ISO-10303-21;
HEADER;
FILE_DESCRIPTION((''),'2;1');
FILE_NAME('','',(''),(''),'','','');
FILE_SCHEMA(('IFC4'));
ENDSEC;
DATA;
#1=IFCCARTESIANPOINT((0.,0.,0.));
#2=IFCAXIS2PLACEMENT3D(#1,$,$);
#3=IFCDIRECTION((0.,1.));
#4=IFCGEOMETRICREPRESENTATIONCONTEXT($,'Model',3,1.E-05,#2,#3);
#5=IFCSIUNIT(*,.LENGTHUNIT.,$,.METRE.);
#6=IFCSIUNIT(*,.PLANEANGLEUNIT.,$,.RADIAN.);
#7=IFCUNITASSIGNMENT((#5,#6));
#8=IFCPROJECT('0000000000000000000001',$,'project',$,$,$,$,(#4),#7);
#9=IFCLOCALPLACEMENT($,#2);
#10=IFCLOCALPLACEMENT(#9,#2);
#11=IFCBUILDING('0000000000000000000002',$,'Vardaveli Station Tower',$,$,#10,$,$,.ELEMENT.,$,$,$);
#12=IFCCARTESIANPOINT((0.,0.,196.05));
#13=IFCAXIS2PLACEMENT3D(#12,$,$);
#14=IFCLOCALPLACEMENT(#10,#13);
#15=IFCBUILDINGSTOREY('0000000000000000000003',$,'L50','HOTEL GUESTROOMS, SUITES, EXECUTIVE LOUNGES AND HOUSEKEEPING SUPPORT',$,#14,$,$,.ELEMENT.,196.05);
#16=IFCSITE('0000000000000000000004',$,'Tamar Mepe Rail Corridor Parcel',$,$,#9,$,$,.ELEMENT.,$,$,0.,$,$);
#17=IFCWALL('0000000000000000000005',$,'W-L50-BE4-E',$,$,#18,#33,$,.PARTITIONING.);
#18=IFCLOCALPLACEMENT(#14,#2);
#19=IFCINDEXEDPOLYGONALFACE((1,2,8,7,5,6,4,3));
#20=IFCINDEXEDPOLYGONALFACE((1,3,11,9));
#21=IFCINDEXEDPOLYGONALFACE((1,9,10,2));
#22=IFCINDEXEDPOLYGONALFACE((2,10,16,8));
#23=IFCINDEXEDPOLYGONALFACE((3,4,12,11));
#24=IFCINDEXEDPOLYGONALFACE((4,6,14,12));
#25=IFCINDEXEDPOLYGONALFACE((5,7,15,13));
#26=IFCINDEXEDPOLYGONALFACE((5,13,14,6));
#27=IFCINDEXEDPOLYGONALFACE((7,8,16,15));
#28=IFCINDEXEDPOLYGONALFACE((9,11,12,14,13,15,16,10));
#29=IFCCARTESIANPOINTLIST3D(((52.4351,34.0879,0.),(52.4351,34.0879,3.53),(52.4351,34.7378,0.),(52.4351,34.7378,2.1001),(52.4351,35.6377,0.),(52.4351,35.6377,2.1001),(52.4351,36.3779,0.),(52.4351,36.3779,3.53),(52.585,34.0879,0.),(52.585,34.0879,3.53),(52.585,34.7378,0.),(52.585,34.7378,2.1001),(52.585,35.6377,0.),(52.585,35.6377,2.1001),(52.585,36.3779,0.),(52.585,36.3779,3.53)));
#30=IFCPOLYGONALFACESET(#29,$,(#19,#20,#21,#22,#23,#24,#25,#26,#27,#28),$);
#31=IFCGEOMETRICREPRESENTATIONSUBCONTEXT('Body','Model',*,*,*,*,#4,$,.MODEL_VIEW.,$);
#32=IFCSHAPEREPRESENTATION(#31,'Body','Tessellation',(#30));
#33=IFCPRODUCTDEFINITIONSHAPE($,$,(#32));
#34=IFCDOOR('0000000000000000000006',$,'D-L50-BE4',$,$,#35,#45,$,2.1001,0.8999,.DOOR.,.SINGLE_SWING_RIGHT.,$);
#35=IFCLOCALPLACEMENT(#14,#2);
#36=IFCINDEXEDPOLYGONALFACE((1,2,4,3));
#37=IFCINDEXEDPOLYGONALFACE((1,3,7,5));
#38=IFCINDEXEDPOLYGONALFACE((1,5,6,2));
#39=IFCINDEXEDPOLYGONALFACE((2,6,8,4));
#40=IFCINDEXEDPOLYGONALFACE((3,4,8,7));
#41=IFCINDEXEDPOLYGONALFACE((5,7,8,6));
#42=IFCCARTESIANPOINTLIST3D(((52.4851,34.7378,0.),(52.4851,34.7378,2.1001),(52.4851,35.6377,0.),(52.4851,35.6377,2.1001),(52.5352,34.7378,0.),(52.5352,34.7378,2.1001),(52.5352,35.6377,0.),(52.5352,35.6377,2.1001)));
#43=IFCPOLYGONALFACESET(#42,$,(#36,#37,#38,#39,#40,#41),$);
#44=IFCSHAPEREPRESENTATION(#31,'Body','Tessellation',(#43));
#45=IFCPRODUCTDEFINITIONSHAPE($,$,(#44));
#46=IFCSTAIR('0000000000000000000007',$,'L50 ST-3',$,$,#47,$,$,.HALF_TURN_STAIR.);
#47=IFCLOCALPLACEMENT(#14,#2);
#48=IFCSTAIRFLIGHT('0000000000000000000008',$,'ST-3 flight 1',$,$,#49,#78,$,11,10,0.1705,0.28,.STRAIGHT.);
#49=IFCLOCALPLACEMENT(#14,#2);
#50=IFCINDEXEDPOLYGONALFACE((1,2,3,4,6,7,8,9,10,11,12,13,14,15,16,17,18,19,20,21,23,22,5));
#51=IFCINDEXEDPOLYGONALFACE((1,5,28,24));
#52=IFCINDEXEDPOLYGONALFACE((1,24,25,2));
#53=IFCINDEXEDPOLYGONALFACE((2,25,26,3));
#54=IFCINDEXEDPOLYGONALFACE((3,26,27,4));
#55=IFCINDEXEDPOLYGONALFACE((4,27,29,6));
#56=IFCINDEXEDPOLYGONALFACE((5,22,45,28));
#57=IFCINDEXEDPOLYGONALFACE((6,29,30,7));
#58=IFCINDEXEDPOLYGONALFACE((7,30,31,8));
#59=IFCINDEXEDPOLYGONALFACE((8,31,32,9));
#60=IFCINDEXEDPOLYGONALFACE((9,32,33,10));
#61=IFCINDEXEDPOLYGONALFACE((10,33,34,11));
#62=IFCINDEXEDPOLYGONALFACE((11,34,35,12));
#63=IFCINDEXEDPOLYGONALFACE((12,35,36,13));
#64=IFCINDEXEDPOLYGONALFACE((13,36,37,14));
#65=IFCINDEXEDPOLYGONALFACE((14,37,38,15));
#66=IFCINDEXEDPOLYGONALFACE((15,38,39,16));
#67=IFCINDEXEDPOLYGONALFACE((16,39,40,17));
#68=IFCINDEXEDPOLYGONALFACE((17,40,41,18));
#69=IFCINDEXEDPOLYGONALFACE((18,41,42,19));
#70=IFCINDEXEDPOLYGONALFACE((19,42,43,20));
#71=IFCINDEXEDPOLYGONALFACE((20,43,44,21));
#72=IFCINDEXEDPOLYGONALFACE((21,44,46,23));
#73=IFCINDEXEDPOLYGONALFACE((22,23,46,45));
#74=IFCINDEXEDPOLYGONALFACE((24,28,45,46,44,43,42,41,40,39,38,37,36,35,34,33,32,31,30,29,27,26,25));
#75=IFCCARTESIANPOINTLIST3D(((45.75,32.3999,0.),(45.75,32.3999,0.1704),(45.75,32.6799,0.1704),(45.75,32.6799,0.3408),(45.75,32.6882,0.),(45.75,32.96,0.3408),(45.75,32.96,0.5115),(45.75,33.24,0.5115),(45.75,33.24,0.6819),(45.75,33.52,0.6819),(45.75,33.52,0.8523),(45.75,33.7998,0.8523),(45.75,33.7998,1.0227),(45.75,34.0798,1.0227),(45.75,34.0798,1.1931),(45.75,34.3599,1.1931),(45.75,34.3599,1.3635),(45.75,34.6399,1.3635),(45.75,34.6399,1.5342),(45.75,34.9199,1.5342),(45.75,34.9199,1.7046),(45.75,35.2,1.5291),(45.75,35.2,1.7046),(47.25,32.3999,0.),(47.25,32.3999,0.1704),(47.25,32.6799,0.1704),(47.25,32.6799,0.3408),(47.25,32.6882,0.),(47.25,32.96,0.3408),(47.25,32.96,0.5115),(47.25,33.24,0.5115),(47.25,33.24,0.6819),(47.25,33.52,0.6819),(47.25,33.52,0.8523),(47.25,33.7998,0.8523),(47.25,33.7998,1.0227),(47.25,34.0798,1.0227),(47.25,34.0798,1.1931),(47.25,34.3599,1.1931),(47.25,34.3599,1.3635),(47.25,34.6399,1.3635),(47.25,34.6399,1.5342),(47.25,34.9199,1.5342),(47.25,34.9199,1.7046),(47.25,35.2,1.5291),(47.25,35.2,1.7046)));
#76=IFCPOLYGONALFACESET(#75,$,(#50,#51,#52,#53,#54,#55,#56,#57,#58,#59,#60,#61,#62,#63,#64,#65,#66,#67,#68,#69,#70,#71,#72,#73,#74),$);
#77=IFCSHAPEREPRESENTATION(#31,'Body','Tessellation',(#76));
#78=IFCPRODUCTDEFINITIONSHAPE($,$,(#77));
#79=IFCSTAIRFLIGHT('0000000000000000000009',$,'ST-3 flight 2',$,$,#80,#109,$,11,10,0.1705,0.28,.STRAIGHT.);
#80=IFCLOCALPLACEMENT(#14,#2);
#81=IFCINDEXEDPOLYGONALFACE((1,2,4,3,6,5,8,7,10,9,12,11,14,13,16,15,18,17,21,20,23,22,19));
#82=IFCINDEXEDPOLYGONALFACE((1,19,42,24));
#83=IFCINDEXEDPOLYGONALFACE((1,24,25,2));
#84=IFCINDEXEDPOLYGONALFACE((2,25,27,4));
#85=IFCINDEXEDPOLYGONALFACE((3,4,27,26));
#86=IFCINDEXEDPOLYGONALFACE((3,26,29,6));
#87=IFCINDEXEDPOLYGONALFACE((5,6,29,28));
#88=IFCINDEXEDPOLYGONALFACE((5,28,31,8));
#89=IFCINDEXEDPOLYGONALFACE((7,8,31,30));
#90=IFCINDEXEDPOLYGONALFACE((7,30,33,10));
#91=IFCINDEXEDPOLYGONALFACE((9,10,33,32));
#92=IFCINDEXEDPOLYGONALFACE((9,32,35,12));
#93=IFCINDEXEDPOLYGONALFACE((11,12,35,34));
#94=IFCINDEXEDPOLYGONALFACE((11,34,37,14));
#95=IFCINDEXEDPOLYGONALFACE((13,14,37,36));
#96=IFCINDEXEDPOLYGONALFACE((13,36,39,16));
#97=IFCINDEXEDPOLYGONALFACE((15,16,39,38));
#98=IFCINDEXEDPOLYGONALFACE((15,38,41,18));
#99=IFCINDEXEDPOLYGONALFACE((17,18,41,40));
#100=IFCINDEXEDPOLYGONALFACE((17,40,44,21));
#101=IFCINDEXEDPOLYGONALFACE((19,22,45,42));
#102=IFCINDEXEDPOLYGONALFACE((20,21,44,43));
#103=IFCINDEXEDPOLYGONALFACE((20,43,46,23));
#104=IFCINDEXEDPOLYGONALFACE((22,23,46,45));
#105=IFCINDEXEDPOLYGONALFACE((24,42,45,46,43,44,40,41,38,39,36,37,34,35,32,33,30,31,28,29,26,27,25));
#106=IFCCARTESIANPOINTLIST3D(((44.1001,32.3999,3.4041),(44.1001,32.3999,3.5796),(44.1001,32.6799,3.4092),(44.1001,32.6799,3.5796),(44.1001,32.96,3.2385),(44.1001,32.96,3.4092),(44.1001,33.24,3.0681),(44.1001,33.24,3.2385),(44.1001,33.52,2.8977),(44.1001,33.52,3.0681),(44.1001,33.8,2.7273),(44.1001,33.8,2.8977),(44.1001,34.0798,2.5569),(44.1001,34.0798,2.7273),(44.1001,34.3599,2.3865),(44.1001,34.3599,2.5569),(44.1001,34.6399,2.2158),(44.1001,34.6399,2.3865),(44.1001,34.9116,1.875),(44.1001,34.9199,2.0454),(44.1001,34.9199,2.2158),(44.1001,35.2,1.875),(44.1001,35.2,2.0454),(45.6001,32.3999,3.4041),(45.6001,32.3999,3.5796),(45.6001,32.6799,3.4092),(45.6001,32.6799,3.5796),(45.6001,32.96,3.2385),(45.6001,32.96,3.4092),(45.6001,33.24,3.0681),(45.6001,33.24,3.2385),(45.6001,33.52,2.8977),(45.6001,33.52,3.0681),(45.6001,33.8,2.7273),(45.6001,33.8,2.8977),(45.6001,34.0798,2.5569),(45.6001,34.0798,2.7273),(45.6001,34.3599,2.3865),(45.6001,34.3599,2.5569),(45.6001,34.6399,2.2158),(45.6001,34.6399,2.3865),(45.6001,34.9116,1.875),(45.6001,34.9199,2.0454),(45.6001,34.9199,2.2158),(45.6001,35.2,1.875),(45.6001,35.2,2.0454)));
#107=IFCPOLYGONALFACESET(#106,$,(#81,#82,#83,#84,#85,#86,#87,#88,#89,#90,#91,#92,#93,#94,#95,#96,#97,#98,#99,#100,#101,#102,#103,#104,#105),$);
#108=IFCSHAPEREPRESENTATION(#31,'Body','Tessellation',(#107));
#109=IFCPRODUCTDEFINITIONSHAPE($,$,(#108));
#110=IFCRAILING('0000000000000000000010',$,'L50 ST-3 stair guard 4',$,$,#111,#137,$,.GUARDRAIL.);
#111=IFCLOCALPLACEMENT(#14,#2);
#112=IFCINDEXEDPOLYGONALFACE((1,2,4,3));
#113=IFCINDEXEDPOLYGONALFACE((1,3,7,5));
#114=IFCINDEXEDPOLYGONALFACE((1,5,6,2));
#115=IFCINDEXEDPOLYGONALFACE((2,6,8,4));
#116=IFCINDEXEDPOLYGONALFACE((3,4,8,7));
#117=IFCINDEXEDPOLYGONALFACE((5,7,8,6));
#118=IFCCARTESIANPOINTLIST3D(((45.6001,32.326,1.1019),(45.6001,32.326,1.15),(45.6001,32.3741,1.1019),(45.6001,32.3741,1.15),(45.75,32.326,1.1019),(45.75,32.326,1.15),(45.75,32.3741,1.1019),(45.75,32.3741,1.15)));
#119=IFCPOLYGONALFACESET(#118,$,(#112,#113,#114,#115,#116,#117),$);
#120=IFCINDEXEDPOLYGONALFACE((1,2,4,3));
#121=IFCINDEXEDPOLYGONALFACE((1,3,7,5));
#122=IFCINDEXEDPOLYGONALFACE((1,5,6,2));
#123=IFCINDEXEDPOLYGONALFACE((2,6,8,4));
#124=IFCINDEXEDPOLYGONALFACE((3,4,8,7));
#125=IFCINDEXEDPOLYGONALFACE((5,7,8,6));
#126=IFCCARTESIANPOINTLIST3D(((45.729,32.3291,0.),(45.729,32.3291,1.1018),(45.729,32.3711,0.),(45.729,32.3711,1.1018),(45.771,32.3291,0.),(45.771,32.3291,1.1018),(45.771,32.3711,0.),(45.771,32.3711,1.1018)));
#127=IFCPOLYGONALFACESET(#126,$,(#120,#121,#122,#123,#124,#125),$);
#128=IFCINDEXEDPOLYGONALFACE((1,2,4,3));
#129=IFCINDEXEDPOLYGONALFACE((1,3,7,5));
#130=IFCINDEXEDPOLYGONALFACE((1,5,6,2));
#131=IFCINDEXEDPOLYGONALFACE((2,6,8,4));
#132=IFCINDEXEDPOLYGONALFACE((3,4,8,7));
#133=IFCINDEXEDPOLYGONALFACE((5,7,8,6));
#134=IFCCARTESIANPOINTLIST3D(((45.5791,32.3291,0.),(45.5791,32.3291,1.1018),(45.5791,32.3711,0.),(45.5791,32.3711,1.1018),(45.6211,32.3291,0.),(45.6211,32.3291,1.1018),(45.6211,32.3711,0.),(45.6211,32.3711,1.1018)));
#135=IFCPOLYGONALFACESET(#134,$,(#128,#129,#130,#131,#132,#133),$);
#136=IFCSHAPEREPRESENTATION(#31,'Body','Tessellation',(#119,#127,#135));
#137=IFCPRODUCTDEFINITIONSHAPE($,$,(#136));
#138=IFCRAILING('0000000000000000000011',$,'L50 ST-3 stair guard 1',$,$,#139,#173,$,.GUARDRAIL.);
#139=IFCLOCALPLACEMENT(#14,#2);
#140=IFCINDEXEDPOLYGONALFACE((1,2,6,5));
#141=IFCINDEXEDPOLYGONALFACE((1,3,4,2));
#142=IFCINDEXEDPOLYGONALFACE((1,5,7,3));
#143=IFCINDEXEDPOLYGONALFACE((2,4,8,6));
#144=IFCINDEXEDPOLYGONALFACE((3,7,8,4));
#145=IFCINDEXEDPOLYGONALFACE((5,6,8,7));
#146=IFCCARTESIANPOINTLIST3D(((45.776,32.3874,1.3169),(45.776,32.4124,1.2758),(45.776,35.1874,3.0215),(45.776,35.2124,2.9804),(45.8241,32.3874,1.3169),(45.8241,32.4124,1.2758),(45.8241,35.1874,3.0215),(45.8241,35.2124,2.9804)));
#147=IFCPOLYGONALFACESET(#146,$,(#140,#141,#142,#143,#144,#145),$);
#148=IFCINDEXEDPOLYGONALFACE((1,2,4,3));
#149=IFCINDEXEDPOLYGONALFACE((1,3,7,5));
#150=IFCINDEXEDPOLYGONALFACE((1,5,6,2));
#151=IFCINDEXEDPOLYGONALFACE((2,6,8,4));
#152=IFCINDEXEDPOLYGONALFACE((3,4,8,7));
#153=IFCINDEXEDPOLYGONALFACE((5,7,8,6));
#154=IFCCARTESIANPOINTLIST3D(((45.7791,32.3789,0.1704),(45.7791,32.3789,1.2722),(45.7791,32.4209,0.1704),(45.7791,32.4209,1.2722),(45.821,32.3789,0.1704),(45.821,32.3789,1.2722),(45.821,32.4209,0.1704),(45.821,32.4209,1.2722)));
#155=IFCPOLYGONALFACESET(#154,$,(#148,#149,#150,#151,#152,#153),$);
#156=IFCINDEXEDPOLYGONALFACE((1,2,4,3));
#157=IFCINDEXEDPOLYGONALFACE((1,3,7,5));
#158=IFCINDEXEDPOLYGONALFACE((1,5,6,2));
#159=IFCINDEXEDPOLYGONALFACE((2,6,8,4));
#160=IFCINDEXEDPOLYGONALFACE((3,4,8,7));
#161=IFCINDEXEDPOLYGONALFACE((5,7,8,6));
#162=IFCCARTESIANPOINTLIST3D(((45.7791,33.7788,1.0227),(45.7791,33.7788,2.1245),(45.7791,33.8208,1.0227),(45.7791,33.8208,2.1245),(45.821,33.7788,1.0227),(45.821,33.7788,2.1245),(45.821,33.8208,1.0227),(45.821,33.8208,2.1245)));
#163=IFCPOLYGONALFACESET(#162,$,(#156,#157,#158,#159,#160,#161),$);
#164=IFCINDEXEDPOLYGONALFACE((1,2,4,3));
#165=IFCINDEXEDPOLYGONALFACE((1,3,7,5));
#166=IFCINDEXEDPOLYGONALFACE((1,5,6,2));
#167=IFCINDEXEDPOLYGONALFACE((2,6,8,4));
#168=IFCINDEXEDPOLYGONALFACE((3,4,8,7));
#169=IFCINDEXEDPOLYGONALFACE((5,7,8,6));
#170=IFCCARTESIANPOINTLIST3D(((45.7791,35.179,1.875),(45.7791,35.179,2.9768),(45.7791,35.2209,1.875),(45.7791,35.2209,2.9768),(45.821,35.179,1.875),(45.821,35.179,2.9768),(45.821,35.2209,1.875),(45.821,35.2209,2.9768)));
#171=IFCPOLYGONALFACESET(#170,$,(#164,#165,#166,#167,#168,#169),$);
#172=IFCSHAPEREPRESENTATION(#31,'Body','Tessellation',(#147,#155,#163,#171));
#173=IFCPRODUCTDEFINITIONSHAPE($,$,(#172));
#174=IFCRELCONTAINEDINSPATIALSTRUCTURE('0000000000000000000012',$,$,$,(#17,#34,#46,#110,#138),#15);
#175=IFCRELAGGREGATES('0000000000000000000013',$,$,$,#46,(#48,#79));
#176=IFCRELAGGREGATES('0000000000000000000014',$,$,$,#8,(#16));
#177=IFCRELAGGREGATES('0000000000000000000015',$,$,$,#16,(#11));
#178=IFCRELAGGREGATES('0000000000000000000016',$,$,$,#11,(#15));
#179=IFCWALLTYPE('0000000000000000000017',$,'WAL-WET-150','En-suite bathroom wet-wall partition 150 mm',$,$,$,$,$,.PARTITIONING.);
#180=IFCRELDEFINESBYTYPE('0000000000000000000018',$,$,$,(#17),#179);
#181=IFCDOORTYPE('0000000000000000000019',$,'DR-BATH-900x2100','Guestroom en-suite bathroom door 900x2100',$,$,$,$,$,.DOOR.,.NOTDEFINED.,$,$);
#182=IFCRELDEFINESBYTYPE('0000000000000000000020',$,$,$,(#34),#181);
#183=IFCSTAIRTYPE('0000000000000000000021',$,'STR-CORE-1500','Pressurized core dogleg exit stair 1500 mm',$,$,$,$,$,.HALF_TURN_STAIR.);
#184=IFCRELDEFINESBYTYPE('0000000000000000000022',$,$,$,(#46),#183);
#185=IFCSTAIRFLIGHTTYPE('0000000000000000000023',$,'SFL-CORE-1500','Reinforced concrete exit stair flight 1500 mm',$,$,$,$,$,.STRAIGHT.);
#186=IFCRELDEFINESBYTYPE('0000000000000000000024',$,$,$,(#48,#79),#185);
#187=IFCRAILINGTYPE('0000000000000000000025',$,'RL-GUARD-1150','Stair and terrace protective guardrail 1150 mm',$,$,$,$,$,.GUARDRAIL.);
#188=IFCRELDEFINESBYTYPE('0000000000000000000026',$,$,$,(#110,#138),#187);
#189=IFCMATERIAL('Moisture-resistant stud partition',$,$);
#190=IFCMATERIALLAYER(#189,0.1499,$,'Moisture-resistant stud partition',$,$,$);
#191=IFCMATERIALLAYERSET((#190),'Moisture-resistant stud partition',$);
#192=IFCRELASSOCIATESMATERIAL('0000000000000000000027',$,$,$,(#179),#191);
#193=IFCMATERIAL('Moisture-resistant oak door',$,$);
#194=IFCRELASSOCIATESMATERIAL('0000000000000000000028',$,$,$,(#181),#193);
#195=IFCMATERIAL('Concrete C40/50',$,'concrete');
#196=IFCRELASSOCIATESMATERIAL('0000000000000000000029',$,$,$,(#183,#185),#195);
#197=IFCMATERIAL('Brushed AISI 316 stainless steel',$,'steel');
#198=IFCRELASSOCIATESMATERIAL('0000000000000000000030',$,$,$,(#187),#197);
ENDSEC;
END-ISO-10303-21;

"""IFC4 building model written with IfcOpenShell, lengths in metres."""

from ifc_helpers import new_model, si_unit, direction, frame, frame_2d, origin, origin_2d, place, context, subcontext, project, spatial, polyline, rectangle, outline, extrude, source, transform, mapped, material, layer, layer_set, type_object, element, fill, aggregate, save


model = new_model("IFC4")

# Units and contexts
model_context = context("Model", 3, precision=1e-05, world=origin(), true_north=direction((0.0, 1.0)))
body_context = subcontext(model_context, "Body", "Model", "MODEL_VIEW")
ifc_project = project(units=[si_unit("LENGTHUNIT", "METRE"), si_unit("PLANEANGLEUNIT", "RADIAN")], contexts=[model_context])

# Site, building, storey
site_placement = place(None, origin())
site = spatial("IfcSite", under=ifc_project, at=site_placement, Name="Tamar Mepe Rail Corridor Parcel", CompositionType="ELEMENT", RefElevation=0.0)
building_placement = place(site_placement, origin())
building = spatial("IfcBuilding", under=site, at=building_placement, Name="Vardaveli Station Tower", CompositionType="ELEMENT")
storey_placement = place(building_placement, frame((0.0, 0.0, 196.05)))
storey = spatial("IfcBuildingStorey", under=building, at=storey_placement, Name="L50", Description="HOTEL GUESTROOMS, SUITES, EXECUTIVE LOUNGES AND HOUSEKEEPING SUPPORT", CompositionType="ELEMENT", Elevation=196.05)

# Shared definitions
ifc_material_1 = material(Name="Concrete C40/50", Category="concrete")

# Shared definitions
ifc_material_2 = material(Name="Moisture-resistant stud partition")
ifc_layer_1 = layer(ifc_material_2, 0.1499, Name="Moisture-resistant stud partition")
ifc_layer_set_1 = layer_set([ifc_layer_1], Name="Moisture-resistant stud partition")
wall_type_1 = type_object("IfcWallType", Name="WAL-WET-150", Description="En-suite bathroom wet-wall partition 150 mm", PredefinedType="PARTITIONING", material=ifc_layer_set_1)
shared_shape_1 = source(origin(), body_context, "Body", "SweptSolid", [
    extrude(rectangle(XDim=0.8999, YDim=2.1001, at=frame_2d((0.45, 1.05))), frame((0.0, 0.085, 0.0), z_axis=(0.0, -1.0, 0.0), x_axis=(1.0, 0.0, 0.0)), (0.0, 0.0, 1.0), 0.1699),
])
ifc_material_3 = material(Name="Moisture-resistant oak door")
door_type = type_object("IfcDoorType", Name="DR-BATH-900x2100", Description="Guestroom en-suite bathroom door 900x2100", OperationType="NOTDEFINED", PredefinedType="DOOR", material=ifc_material_3)
shared_shape_2 = source(origin(), body_context, "Body", "SweptSolid", [
    extrude(rectangle(XDim=0.8999, YDim=2.1001, at=frame_2d((0.45, 1.05))), frame((0.0, 0.0249, 0.0), z_axis=(0.0, -1.0, 0.0), x_axis=(1.0, 0.0, 0.0)), (0.0, 0.0, 1.0), 0.05),
])

# Wall, opening, door
shared_shape_3 = source(origin(), body_context, "Body", "SweptSolid", [
    extrude(rectangle(XDim=2.29, YDim=0.1499, at=frame_2d((1.145, 0.0))), origin(), (0.0, 0.0, 1.0), 3.53),
])
wall_1_placement = place(storey_placement, frame((52.51, 34.0879, 0.0), z_axis=(0.0, 0.0, 1.0), x_axis=(0.0, 1.0, 0.0)))
wall_1 = element("IfcWall", 1, at=wall_1_placement, inside=storey, type_object=wall_type_1, Name="W-L50-BE4-E", PredefinedType="PARTITIONING", context=body_context, shape_type="MappedRepresentation", body=[
    mapped(shared_shape_3, transform((0.0, 0.0, 0.0), scale=1.0)),
])
opening_1_placement = place(wall_1_placement, frame((0.6499, 0.0, 0.0)))
opening_1 = element("IfcOpeningElement", 2, at=opening_1_placement, cuts=wall_1, PredefinedType="OPENING", context=body_context, shape_type="MappedRepresentation", body=[
    mapped(shared_shape_1, transform((0.0, 0.0, 0.0), scale=1.0)),
])
door_1_placement = place(opening_1_placement, origin())
door_1 = element("IfcDoor", 3, at=door_1_placement, inside=storey, type_object=door_type, Name="D-L50-BE4", OperationType="SINGLE_SWING_RIGHT", OverallHeight=2.1001, OverallWidth=0.8999, PredefinedType="DOOR", context=body_context, shape_type="MappedRepresentation", body=[
    mapped(shared_shape_2, transform((0.0, 0.0, 0.0), scale=1.0)),
])
fill(opening_1, door_1)

# Stair, stair flights
stair_type = type_object("IfcStairType", Name="STR-CORE-1500", Description="Pressurized core dogleg exit stair 1500 mm", PredefinedType="HALF_TURN_STAIR", material=ifc_material_1)
stair_placement = place(storey_placement, origin())
stair = element("IfcStair", 4, at=stair_placement, inside=storey, type_object=stair_type, Name="L50 ST-3", PredefinedType="HALF_TURN_STAIR")
stair_flight_type = type_object("IfcStairFlightType", Name="SFL-CORE-1500", Description="Reinforced concrete exit stair flight 1500 mm", PredefinedType="STRAIGHT", material=ifc_material_1)
shared_shape_4 = source(origin(), body_context, "Body", "SweptSolid", [
    extrude(outline(polyline([(0.0, 0.0), (0.0, 0.1704), (0.28, 0.1704), (0.28, 0.3408), (0.5601, 0.3408), (0.5601, 0.5115), (0.8401, 0.5115), (0.8401, 0.6819), (1.1201, 0.6819), (1.1201, 0.8523), (1.3999, 0.8523), (1.3999, 1.0227), (1.6799, 1.0227), (1.6799, 1.1931), (1.96, 1.1931), (1.96, 1.3635), (2.24, 1.3635), (2.24, 1.5342), (2.52, 1.5342), (2.52, 1.7046), (2.8, 1.7046), (2.8, 1.875), (2.8, 1.5291), (0.2883, 0.0), (0.0, 0.0)])), frame((0.0, 0.75, 0.0), z_axis=(0.0, -1.0, 0.0), x_axis=(1.0, 0.0, 0.0)), (0.0, 0.0, 1.0), 1.5),
])
stair_flight_1_placement = place(storey_placement, frame((46.5, 32.3999, 0.0), z_axis=(0.0, 0.0, 1.0), x_axis=(0.0, 1.0, 0.0)))
stair_flight_1 = element("IfcStairFlight", 5, at=stair_flight_1_placement, type_object=stair_flight_type, Name="ST-3 flight 1", NumberOfRisers=11, NumberOfTreads=10, PredefinedType="STRAIGHT", RiserHeight=0.1705, TreadLength=0.28, context=body_context, shape_type="MappedRepresentation", body=[
    mapped(shared_shape_4, transform((0.0, 0.0, 0.0), scale=1.0)),
])
stair_flight_2_placement = place(storey_placement, frame((44.8501, 35.2, 1.875), z_axis=(0.0, 0.0, 1.0), x_axis=(0.0, -1.0, 0.0)))
stair_flight_2 = element("IfcStairFlight", 6, at=stair_flight_2_placement, type_object=stair_flight_type, Name="ST-3 flight 2", NumberOfRisers=11, NumberOfTreads=10, PredefinedType="STRAIGHT", RiserHeight=0.1705, TreadLength=0.28, context=body_context, shape_type="MappedRepresentation", body=[
    mapped(shared_shape_4, transform((0.0, 0.0, 0.0), scale=1.0)),
])
aggregate(stair, [stair_flight_1, stair_flight_2])

# Railings
ifc_material_4 = material(Name="Brushed AISI 316 stainless steel", Category="steel")
railing_type_1 = type_object("IfcRailingType", Name="RL-GUARD-1150", Description="Stair and terrace protective guardrail 1150 mm", PredefinedType="GUARDRAIL", material=ifc_material_4)
shared_shape_5 = source(origin(), body_context, "Body", "SweptSolid", [
    extrude(rectangle(XDim=0.0481, YDim=0.0481, at=origin_2d()), frame((0.0, 0.0, 1.126), z_axis=(-1.0, 0.0, 0.0), x_axis=(0.0, -1.0, 0.0)), (0.0, 0.0, 1.0), 0.1499),
    extrude(rectangle(XDim=0.042, YDim=0.042, at=origin_2d()), origin(), (0.0, 0.0, 1.0), 1.1018),
    extrude(rectangle(XDim=0.042, YDim=0.042, at=origin_2d()), frame((-0.1499, 0.0, 0.0)), (0.0, 0.0, 1.0), 1.1018),
])
railing_1_placement = place(storey_placement, frame((45.75, 32.3501, 0.0)))
element("IfcRailing", 7, at=railing_1_placement, inside=storey, type_object=railing_type_1, Name="L50 ST-3 stair guard 4", PredefinedType="GUARDRAIL", context=body_context, shape_type="MappedRepresentation", body=[
    mapped(shared_shape_5, transform((0.0, 0.0, 0.0), scale=1.0)),
])
shared_shape_6 = source(origin(), body_context, "Body", "SweptSolid", [
    extrude(rectangle(XDim=0.0481, YDim=0.0481, at=origin_2d()), frame((0.0, 0.0, 1.126), z_axis=(0.0, 0.85417, 0.519994), x_axis=(-1.0, 0.0, 0.0)), (0.0, 0.0, 1.0), 3.2781),
    extrude(rectangle(XDim=0.042, YDim=0.042, at=origin_2d()), origin(), (0.0, 0.0, 1.0), 1.1018),
    extrude(rectangle(XDim=0.042, YDim=0.042, at=origin_2d()), frame((0.0, 1.3999, 0.8523)), (0.0, 0.0, 1.0), 1.1018),
    extrude(rectangle(XDim=0.042, YDim=0.042, at=origin_2d()), frame((0.0, 2.8, 1.7046)), (0.0, 0.0, 1.0), 1.1018),
])
railing_2_placement = place(storey_placement, frame((45.8, 32.3999, 0.1704)))
element("IfcRailing", 8, at=railing_2_placement, inside=storey, type_object=railing_type_1, Name="L50 ST-3 stair guard 1", PredefinedType="GUARDRAIL", context=body_context, shape_type="MappedRepresentation", body=[
    mapped(shared_shape_6, transform((0.0, 0.0, 0.0), scale=1.0)),
])

save(model, "model.ifc")
